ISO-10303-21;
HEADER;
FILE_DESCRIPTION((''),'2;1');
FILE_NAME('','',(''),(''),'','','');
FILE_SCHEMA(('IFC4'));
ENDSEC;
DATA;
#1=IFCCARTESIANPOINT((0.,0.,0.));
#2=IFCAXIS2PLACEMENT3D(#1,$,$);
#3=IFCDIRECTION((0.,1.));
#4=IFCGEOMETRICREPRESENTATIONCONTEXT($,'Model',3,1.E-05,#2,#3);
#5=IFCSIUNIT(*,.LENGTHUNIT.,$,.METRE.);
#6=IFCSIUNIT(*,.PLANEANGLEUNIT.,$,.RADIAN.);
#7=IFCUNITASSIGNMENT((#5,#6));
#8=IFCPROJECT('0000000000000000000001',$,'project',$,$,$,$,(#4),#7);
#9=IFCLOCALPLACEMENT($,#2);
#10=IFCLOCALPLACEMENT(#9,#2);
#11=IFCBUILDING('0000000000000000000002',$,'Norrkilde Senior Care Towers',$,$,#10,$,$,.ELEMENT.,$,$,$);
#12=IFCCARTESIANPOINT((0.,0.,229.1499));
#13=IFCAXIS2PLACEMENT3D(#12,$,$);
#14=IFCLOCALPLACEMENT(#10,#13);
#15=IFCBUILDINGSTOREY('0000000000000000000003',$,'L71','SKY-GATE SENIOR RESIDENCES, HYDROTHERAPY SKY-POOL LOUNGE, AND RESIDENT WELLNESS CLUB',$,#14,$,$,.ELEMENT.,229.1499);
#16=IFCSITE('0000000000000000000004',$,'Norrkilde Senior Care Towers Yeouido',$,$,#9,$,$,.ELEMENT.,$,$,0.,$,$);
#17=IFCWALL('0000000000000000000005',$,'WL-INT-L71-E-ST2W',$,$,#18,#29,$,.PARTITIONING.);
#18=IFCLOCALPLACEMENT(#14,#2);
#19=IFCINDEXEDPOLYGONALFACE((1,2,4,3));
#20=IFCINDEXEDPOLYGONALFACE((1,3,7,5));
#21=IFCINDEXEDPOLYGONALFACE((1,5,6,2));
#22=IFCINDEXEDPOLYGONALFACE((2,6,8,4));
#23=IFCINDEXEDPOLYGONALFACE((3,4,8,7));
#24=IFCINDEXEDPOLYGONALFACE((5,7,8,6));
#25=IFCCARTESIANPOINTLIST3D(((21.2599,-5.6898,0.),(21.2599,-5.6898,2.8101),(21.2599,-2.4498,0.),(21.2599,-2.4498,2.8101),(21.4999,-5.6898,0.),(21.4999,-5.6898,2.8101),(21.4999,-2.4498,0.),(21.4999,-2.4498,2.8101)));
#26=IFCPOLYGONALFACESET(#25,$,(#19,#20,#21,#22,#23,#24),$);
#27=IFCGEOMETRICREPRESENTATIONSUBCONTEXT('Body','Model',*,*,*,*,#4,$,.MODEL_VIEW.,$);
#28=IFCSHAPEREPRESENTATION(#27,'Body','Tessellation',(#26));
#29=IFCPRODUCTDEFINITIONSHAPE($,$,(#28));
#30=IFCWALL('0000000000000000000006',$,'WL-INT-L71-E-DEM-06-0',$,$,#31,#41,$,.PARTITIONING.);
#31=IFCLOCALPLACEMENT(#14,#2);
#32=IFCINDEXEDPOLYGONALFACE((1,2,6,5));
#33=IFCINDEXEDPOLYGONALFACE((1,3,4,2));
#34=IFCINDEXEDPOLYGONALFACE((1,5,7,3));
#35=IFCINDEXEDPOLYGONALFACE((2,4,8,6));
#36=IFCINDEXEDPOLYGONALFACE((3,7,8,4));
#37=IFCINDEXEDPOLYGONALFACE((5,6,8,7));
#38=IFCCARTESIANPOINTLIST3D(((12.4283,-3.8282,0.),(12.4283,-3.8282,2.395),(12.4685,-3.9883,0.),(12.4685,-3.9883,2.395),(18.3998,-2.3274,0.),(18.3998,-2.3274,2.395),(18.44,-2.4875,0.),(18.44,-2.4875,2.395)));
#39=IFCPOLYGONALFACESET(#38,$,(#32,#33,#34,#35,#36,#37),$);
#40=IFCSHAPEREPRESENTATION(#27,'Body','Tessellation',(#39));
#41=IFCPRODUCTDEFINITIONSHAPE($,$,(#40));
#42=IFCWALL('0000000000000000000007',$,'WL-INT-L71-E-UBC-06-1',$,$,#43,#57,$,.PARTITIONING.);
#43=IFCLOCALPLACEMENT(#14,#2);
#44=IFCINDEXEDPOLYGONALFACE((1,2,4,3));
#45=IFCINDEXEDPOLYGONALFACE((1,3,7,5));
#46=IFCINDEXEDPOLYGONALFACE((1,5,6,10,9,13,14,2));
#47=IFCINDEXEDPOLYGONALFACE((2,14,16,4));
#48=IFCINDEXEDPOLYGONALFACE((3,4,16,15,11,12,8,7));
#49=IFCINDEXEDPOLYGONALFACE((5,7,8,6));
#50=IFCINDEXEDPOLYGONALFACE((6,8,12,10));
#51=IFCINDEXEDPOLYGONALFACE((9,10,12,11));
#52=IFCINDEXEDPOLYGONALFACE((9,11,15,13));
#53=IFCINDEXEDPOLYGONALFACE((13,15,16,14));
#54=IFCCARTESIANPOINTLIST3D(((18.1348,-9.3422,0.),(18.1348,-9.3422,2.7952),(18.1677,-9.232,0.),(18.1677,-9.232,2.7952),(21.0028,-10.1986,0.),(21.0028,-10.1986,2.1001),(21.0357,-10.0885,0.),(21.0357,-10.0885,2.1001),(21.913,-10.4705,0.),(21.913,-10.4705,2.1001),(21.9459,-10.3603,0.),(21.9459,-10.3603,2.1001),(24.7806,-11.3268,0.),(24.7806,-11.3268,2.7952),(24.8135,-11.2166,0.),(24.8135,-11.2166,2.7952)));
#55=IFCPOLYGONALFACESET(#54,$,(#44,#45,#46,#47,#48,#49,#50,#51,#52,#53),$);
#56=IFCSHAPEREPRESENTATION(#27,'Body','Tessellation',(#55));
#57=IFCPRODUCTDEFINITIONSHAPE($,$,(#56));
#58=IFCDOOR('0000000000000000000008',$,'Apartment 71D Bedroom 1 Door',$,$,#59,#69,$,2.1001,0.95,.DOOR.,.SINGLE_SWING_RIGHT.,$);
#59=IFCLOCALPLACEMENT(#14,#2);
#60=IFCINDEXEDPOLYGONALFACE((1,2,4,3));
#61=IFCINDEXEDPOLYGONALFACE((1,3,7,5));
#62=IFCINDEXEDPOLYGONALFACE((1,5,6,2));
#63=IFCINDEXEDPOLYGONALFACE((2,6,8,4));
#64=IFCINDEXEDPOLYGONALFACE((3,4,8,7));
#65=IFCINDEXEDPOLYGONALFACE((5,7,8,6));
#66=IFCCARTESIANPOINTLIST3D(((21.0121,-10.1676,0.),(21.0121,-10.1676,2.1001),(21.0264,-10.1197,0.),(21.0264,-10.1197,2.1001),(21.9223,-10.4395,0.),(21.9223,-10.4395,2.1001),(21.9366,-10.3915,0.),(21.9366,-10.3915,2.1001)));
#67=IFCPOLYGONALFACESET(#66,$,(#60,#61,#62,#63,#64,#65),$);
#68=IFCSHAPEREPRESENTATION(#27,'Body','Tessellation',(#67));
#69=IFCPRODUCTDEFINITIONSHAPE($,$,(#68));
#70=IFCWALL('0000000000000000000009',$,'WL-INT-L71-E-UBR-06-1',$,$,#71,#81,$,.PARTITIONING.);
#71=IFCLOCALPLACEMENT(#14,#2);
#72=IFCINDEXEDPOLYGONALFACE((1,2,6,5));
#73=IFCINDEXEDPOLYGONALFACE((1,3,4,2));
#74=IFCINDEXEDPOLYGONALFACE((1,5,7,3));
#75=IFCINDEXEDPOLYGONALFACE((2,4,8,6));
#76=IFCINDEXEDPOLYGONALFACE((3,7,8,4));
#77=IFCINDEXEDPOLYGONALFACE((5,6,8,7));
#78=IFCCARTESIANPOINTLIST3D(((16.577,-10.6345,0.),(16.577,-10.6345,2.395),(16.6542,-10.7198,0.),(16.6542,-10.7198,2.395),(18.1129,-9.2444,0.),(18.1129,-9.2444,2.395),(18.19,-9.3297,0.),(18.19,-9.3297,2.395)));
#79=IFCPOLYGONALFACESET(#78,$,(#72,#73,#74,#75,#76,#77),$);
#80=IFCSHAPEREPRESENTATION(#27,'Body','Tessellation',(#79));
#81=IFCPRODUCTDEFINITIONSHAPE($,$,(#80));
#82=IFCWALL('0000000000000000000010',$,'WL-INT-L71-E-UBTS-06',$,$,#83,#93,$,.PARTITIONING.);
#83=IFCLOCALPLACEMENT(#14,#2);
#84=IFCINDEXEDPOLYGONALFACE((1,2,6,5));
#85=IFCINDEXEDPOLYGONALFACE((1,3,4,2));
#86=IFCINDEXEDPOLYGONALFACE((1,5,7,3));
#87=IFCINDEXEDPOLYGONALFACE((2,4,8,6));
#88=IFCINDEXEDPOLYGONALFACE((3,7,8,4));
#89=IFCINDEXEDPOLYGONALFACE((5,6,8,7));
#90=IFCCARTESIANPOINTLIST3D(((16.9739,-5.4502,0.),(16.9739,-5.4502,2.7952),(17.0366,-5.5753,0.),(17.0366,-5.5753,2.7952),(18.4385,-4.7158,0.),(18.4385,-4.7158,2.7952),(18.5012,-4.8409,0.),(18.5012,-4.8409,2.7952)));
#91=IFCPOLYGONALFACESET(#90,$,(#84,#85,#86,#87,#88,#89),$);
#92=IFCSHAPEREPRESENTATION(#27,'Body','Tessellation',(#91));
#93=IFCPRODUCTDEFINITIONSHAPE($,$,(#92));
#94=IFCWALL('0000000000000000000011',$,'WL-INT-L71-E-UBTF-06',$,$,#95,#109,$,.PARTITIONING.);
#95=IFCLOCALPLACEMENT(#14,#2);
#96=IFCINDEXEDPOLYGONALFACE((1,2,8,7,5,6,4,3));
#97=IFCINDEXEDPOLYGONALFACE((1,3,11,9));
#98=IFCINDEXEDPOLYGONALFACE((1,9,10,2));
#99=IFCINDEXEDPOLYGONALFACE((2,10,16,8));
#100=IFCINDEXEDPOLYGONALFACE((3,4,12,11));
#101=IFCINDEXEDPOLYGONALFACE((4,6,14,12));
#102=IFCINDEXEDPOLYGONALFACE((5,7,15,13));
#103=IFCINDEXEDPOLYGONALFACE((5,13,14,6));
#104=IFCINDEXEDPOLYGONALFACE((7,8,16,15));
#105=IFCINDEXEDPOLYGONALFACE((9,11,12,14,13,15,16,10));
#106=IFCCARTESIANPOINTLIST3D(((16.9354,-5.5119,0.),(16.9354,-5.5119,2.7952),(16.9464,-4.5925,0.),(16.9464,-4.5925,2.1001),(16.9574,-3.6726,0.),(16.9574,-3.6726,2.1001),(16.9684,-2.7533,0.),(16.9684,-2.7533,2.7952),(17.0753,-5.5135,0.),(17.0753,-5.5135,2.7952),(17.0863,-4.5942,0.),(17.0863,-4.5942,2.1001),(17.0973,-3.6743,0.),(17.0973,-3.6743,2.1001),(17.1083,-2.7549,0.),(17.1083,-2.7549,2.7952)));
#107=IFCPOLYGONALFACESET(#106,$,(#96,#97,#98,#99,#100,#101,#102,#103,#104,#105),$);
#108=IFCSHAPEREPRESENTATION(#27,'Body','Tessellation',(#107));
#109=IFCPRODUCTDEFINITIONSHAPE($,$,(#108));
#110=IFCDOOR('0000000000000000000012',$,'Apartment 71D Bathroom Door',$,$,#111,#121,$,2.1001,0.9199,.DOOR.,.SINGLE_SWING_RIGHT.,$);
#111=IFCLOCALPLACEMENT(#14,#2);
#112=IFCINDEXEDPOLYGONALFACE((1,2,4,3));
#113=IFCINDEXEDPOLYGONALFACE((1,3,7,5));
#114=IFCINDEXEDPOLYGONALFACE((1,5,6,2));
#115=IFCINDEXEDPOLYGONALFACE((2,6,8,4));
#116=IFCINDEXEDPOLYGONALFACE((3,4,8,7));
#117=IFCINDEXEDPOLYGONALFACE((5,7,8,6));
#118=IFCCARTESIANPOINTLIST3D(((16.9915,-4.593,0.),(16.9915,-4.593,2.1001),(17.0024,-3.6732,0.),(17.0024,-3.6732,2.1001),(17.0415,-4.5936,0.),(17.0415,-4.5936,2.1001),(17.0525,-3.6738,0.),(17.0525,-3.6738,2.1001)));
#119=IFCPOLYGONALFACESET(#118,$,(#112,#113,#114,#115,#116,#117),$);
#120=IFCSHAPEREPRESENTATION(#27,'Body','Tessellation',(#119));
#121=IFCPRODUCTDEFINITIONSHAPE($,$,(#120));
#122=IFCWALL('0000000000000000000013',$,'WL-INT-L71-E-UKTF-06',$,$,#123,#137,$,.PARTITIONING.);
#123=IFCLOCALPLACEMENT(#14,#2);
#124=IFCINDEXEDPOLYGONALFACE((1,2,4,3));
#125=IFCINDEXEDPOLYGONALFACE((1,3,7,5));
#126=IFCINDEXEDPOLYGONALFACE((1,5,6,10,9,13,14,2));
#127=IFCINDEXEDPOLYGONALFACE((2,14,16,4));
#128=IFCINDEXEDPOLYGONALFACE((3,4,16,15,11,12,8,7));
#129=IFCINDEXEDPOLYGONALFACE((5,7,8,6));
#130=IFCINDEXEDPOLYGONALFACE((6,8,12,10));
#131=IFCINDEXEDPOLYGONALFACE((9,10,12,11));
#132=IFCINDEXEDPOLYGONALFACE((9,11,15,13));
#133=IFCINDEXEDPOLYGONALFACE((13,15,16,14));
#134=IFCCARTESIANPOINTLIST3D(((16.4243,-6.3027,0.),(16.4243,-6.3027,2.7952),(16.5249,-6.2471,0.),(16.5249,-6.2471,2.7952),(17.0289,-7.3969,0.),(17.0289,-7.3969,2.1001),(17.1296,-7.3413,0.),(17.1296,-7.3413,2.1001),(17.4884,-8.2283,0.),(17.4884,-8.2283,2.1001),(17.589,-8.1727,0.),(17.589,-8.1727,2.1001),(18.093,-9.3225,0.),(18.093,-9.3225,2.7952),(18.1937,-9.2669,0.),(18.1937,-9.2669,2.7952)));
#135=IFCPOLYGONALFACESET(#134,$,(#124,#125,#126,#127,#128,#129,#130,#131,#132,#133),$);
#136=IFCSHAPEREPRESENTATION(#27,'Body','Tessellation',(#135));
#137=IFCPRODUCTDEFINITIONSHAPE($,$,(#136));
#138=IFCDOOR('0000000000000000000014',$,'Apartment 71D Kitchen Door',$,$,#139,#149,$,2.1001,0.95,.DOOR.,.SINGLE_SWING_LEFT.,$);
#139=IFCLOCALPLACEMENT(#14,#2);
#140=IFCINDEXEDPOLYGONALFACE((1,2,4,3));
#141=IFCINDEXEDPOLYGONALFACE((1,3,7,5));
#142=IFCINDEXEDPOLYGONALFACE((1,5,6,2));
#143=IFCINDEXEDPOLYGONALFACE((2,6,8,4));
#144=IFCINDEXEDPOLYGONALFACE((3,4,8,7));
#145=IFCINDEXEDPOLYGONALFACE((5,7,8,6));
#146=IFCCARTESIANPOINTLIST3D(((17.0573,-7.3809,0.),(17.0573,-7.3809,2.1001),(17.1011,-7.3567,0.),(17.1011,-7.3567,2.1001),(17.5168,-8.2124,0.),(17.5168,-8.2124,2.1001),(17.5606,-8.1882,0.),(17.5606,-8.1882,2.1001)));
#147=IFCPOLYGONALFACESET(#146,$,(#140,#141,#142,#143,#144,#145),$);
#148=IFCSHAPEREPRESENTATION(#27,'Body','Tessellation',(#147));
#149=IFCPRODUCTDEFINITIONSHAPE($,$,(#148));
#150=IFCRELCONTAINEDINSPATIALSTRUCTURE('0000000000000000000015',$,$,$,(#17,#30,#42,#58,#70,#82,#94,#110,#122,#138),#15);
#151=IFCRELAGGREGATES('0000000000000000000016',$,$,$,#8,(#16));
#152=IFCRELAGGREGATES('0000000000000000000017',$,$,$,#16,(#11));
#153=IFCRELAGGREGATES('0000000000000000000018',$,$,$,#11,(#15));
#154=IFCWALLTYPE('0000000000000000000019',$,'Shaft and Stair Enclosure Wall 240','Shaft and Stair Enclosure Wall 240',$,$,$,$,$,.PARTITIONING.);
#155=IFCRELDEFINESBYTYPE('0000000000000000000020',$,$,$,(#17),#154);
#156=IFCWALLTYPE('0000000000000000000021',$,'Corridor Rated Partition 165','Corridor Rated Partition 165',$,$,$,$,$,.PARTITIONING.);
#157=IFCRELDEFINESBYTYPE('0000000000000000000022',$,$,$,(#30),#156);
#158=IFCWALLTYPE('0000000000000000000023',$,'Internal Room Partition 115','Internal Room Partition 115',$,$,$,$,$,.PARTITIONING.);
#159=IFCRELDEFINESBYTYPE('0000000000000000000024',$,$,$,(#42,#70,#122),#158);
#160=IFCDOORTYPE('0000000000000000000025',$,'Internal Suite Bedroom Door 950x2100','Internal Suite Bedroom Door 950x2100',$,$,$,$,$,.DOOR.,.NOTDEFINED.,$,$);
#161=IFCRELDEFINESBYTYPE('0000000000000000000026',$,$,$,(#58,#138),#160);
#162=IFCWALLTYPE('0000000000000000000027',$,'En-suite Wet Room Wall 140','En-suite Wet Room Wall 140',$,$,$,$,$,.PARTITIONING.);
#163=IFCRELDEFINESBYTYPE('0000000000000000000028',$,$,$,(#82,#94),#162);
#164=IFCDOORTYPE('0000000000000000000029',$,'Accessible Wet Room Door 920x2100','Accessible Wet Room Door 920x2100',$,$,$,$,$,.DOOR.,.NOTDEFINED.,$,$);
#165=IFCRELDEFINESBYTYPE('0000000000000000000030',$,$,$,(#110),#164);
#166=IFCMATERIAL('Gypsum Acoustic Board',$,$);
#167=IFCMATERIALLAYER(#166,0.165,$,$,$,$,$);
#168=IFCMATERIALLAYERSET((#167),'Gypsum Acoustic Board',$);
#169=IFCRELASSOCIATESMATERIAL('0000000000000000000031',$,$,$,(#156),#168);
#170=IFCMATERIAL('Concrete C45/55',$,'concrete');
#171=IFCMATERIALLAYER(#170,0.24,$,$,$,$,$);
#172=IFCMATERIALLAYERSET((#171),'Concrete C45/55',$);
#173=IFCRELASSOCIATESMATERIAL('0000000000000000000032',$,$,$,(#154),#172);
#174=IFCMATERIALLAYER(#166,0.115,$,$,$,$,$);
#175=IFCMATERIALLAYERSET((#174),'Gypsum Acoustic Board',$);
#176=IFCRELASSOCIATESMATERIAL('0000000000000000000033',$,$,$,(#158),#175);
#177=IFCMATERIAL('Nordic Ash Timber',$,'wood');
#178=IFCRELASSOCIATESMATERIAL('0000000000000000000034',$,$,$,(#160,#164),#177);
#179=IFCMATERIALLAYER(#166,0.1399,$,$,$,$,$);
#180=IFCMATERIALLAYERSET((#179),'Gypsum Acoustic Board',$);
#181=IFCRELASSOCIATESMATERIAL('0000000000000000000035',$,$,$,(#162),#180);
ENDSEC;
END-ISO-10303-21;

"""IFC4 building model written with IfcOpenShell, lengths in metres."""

from ifc_helpers import new_model, si_unit, direction, frame, frame_2d, origin, place, context, subcontext, project, spatial, rectangle, extrude, source, transform, mapped, material, layer, layer_set, type_object, type_shapes, element, fill, save


model = new_model("IFC4")

# Units and contexts
model_context = context("Model", 3, precision=1e-05, world=origin(), true_north=direction((0.0, 1.0)))
body_context = subcontext(model_context, "Body", "Model", "MODEL_VIEW")
ifc_project = project(units=[si_unit("LENGTHUNIT", "METRE"), si_unit("PLANEANGLEUNIT", "RADIAN")], contexts=[model_context])

# Site, building, storey
site_placement = place(None, origin())
site = spatial("IfcSite", under=ifc_project, at=site_placement, Name="Norrkilde Senior Care Towers Yeouido", CompositionType="ELEMENT", RefElevation=0.0)
building_placement = place(site_placement, origin())
building = spatial("IfcBuilding", under=site, at=building_placement, Name="Norrkilde Senior Care Towers", CompositionType="ELEMENT")
storey_placement = place(building_placement, frame((0.0, 0.0, 229.1499)))
storey = spatial("IfcBuildingStorey", under=building, at=storey_placement, Name="L71", Description="SKY-GATE SENIOR RESIDENCES, HYDROTHERAPY SKY-POOL LOUNGE, AND RESIDENT WELLNESS CLUB", CompositionType="ELEMENT", Elevation=229.1499)

# Shared definitions
ifc_material_1 = material(Name="Gypsum Acoustic Board")
ifc_layer_1 = layer(ifc_material_1, 0.165)
ifc_layer_set_1 = layer_set([ifc_layer_1], Name="Gypsum Acoustic Board")
wall_type_1 = type_object("IfcWallType", Name="Corridor Rated Partition 165", Description="Corridor Rated Partition 165", PredefinedType="PARTITIONING", material=ifc_layer_set_1)

# Shared definitions
ifc_material_2 = material(Name="Concrete C45/55", Category="concrete")
ifc_layer_2 = layer(ifc_material_2, 0.24)
ifc_layer_set_2 = layer_set([ifc_layer_2], Name="Concrete C45/55")
wall_type_2 = type_object("IfcWallType", Name="Shaft and Stair Enclosure Wall 240", Description="Shaft and Stair Enclosure Wall 240", PredefinedType="PARTITIONING", material=ifc_layer_set_2)

# Walls
shared_shape_1 = source(origin(), body_context, "Body", "SweptSolid", [
    extrude(rectangle(XDim=3.24, YDim=0.24, at=frame_2d((1.6201, 0.0))), origin(), (0.0, 0.0, 1.0), 2.8101),
])
wall_1_placement = place(storey_placement, frame((21.3799, -5.6899, 0.0), z_axis=(0.0, 0.0, 1.0), x_axis=(0.0, 1.0, 0.0)))
element("IfcWall", 1, at=wall_1_placement, inside=storey, type_object=wall_type_2, Name="WL-INT-L71-E-ST2W", PredefinedType="PARTITIONING", context=body_context, shape_type="MappedRepresentation", body=[
    mapped(shared_shape_1, transform((0.0, 0.0, 0.0), x_axis=(1.0, 0.0, 0.0), y_axis=(0.0, 1.0, 0.0), z_axis=(0.0, 0.0, 1.0), scale=1.0)),
])
shared_shape_2 = source(origin(), body_context, "Body", "SweptSolid", [
    extrude(rectangle(XDim=6.1572, YDim=0.165, at=frame_2d((3.0786, 0.0))), origin(), (0.0, 0.0, 1.0), 2.395),
])
wall_2_placement = place(storey_placement, frame((18.4199, -2.4075, 0.0), z_axis=(0.0, 0.0, 1.0), x_axis=(-0.969841, -0.243739, 0.0)))
element("IfcWall", 2, at=wall_2_placement, inside=storey, type_object=wall_type_1, Name="WL-INT-L71-E-DEM-06-0", PredefinedType="PARTITIONING", context=body_context, shape_type="MappedRepresentation", body=[
    mapped(shared_shape_2, transform((0.0, 0.0, 0.0), x_axis=(1.0, 0.0, 0.0), y_axis=(0.0, 1.0, 0.0), z_axis=(0.0, 0.0, 1.0), scale=1.0)),
])

# Wall, opening, door
ifc_layer_3 = layer(ifc_material_1, 0.115)
ifc_layer_set_3 = layer_set([ifc_layer_3], Name="Gypsum Acoustic Board")
wall_type_3 = type_object("IfcWallType", Name="Internal Room Partition 115", Description="Internal Room Partition 115", PredefinedType="PARTITIONING", material=ifc_layer_set_3)
shared_shape_3 = source(origin(), body_context, "Body", "SweptSolid", [
    extrude(rectangle(XDim=6.9358, YDim=0.115, at=frame_2d((3.4678, 0.0))), origin(), (0.0, 0.0, 1.0), 2.7952),
])
wall_3_placement = place(storey_placement, frame((18.1514, -9.2871, 0.0), z_axis=(0.0, 0.0, 1.0), x_axis=(0.958187, -0.286143, 0.0)))
wall_3 = element("IfcWall", 3, at=wall_3_placement, inside=storey, type_object=wall_type_3, Name="WL-INT-L71-E-UBC-06-1", PredefinedType="PARTITIONING", context=body_context, shape_type="MappedRepresentation", body=[
    mapped(shared_shape_3, transform((0.0, 0.0, 0.0), x_axis=(1.0, 0.0, 0.0), y_axis=(0.0, 1.0, 0.0), z_axis=(0.0, 0.0, 1.0), scale=1.0)),
])
opening_1_placement = place(wall_3_placement, frame((2.9929, 0.0, 0.0)))
opening_1 = element("IfcOpeningElement", 4, at=opening_1_placement, cuts=wall_3, PredefinedType="OPENING", context=body_context, shape_type="SweptSolid", body=[
    extrude(rectangle(XDim=0.95, YDim=2.1001, at=frame_2d((0.4751, 1.05))), frame((0.0, 0.0674, 0.0), z_axis=(0.0, -1.0, 0.0), x_axis=(1.0, 0.0, 0.0)), (0.0, 0.0, 1.0), 0.135),
])
ifc_material_3 = material(Name="Nordic Ash Timber", Category="wood")
door_type_1 = type_object("IfcDoorType", Name="Internal Suite Bedroom Door 950x2100", Description="Internal Suite Bedroom Door 950x2100", OperationType="NOTDEFINED", PredefinedType="DOOR", material=ifc_material_3)
shared_shape_4 = source(origin(), body_context, "Body", "SweptSolid", [
    extrude(rectangle(XDim=0.95, YDim=2.1001, at=frame_2d((0.4751, 1.05))), frame((0.0, 0.0249, 0.0), z_axis=(0.0, -1.0, 0.0), x_axis=(1.0, 0.0, 0.0)), (0.0, 0.0, 1.0), 0.05),
])
type_shapes(door_type_1, [shared_shape_4])
door_1_placement = place(opening_1_placement, origin())
door_1 = element("IfcDoor", 5, at=door_1_placement, inside=storey, type_object=door_type_1, Name="Apartment 71D Bedroom 1 Door", OperationType="SINGLE_SWING_RIGHT", OverallHeight=2.1001, OverallWidth=0.95, PredefinedType="DOOR", context=body_context, shape_type="MappedRepresentation", body=[
    mapped(shared_shape_4, transform((0.0, 0.0, 0.0), x_axis=(1.0, 0.0, 0.0), y_axis=(0.0, 1.0, 0.0), z_axis=(0.0, 0.0, 1.0), scale=1.0)),
])
fill(opening_1, door_1)

# Walls
shared_shape_5 = source(origin(), body_context, "Body", "SweptSolid", [
    extrude(rectangle(XDim=2.0715, YDim=0.115, at=frame_2d((1.0356, 0.0))), origin(), (0.0, 0.0, 1.0), 2.395),
])
wall_4_placement = place(storey_placement, frame((18.1514, -9.2871, 0.0), z_axis=(0.0, 0.0, 1.0), x_axis=(-0.74141, -0.671052, 0.0)))
element("IfcWall", 6, at=wall_4_placement, inside=storey, type_object=wall_type_3, Name="WL-INT-L71-E-UBR-06-1", PredefinedType="PARTITIONING", context=body_context, shape_type="MappedRepresentation", body=[
    mapped(shared_shape_5, transform((0.0, 0.0, 0.0), x_axis=(1.0, 0.0, 0.0), y_axis=(0.0, 1.0, 0.0), z_axis=(0.0, 0.0, 1.0), scale=1.0)),
])
ifc_layer_4 = layer(ifc_material_1, 0.1399)
ifc_layer_set_4 = layer_set([ifc_layer_4], Name="Gypsum Acoustic Board")
wall_type_4 = type_object("IfcWallType", Name="En-suite Wet Room Wall 140", Description="En-suite Wet Room Wall 140", PredefinedType="PARTITIONING", material=ifc_layer_set_4)
shared_shape_6 = source(origin(), body_context, "Body", "SweptSolid", [
    extrude(rectangle(XDim=1.6384, YDim=0.1399, at=frame_2d((0.8193, 0.0))), origin(), (0.0, 0.0, 1.0), 2.7952),
])
wall_5_placement = place(storey_placement, frame((18.47, -4.7783, 0.0), z_axis=(0.0, 0.0, 1.0), x_axis=(-0.89392, -0.448227, 0.0)))
element("IfcWall", 7, at=wall_5_placement, inside=storey, type_object=wall_type_4, Name="WL-INT-L71-E-UBTS-06", PredefinedType="PARTITIONING", context=body_context, shape_type="MappedRepresentation", body=[
    mapped(shared_shape_6, transform((0.0, 0.0, 0.0), x_axis=(1.0, 0.0, 0.0), y_axis=(0.0, 1.0, 0.0), z_axis=(0.0, 0.0, 1.0), scale=1.0)),
])

# Walls, openings, doors
shared_shape_7 = source(origin(), body_context, "Body", "SweptSolid", [
    extrude(rectangle(XDim=2.7588, YDim=0.1399, at=frame_2d((1.3794, 0.0))), origin(), (0.0, 0.0, 1.0), 2.7952),
])
type_shapes(wall_type_4, [shared_shape_6, shared_shape_7])
wall_6_placement = place(storey_placement, frame((17.0054, -5.5127, 0.0), z_axis=(0.0, 0.0, 1.0), x_axis=(0.011947, 0.999929, 0.0)))
wall_6 = element("IfcWall", 8, at=wall_6_placement, inside=storey, type_object=wall_type_4, Name="WL-INT-L71-E-UBTF-06", PredefinedType="PARTITIONING", context=body_context, shape_type="MappedRepresentation", body=[
    mapped(shared_shape_7, transform((0.0, 0.0, 0.0), x_axis=(1.0, 0.0, 0.0), y_axis=(0.0, 1.0, 0.0), z_axis=(0.0, 0.0, 1.0), scale=1.0)),
])
opening_2_placement = place(wall_6_placement, frame((0.9194, 0.0, 0.0)))
opening_2 = element("IfcOpeningElement", 9, at=opening_2_placement, cuts=wall_6, PredefinedType="OPENING", context=body_context, shape_type="SweptSolid", body=[
    extrude(rectangle(XDim=0.9199, YDim=2.1001, at=frame_2d((0.46, 1.05))), frame((0.0, 0.0798, 0.0), z_axis=(0.0, -1.0, 0.0), x_axis=(1.0, 0.0, 0.0)), (0.0, 0.0, 1.0), 0.1599),
])
door_type_2 = type_object("IfcDoorType", Name="Accessible Wet Room Door 920x2100", Description="Accessible Wet Room Door 920x2100", OperationType="NOTDEFINED", PredefinedType="DOOR", material=ifc_material_3)
shared_shape_8 = source(origin(), body_context, "Body", "SweptSolid", [
    extrude(rectangle(XDim=0.9199, YDim=2.1001, at=frame_2d((0.46, 1.05))), frame((0.0, 0.0249, 0.0), z_axis=(0.0, -1.0, 0.0), x_axis=(1.0, 0.0, 0.0)), (0.0, 0.0, 1.0), 0.05),
])
type_shapes(door_type_2, [shared_shape_8])
door_2_placement = place(opening_2_placement, origin())
door_2 = element("IfcDoor", 10, at=door_2_placement, inside=storey, type_object=door_type_2, Name="Apartment 71D Bathroom Door", OperationType="SINGLE_SWING_RIGHT", OverallHeight=2.1001, OverallWidth=0.9199, PredefinedType="DOOR", context=body_context, shape_type="MappedRepresentation", body=[
    mapped(shared_shape_8, transform((0.0, 0.0, 0.0), x_axis=(1.0, 0.0, 0.0), y_axis=(0.0, 1.0, 0.0), z_axis=(0.0, 0.0, 1.0), scale=1.0)),
])
fill(opening_2, door_2)
shared_shape_9 = source(origin(), body_context, "Body", "SweptSolid", [
    extrude(rectangle(XDim=3.4502, YDim=0.115, at=frame_2d((1.7251, 0.0))), origin(), (0.0, 0.0, 1.0), 2.7952),
])
type_shapes(wall_type_3, [shared_shape_3, shared_shape_5, shared_shape_9])
wall_7_placement = place(storey_placement, frame((16.4746, -6.2749, 0.0), z_axis=(0.0, 0.0, 1.0), x_axis=(0.483659, -0.875257, 0.0)))
wall_7 = element("IfcWall", 11, at=wall_7_placement, inside=storey, type_object=wall_type_3, Name="WL-INT-L71-E-UKTF-06", PredefinedType="PARTITIONING", context=body_context, shape_type="MappedRepresentation", body=[
    mapped(shared_shape_9, transform((0.0, 0.0, 0.0), x_axis=(1.0, 0.0, 0.0), y_axis=(0.0, 1.0, 0.0), z_axis=(0.0, 0.0, 1.0), scale=1.0)),
])
opening_3_placement = place(wall_7_placement, frame((1.25, 0.0, 0.0)))
opening_3 = element("IfcOpeningElement", 12, at=opening_3_placement, cuts=wall_7, PredefinedType="OPENING", context=body_context, shape_type="SweptSolid", body=[
    extrude(rectangle(XDim=0.95, YDim=2.1001, at=frame_2d((0.4751, 1.05))), frame((0.0, 0.0674, 0.0), z_axis=(0.0, -1.0, 0.0), x_axis=(1.0, 0.0, 0.0)), (0.0, 0.0, 1.0), 0.135),
])
door_3_placement = place(opening_3_placement, frame((0.95, 0.0, 0.0), z_axis=(0.0, 0.0, 1.0), x_axis=(-1.0, 0.0, 0.0)))
door_3 = element("IfcDoor", 13, at=door_3_placement, inside=storey, type_object=door_type_1, Name="Apartment 71D Kitchen Door", OperationType="SINGLE_SWING_LEFT", OverallHeight=2.1001, OverallWidth=0.95, PredefinedType="DOOR", context=body_context, shape_type="MappedRepresentation", body=[
    mapped(shared_shape_4, transform((0.0, 0.0, 0.0), x_axis=(1.0, 0.0, 0.0), y_axis=(0.0, 1.0, 0.0), z_axis=(0.0, 0.0, 1.0), scale=1.0)),
])
fill(opening_3, door_3)

save(model, "model.ifc")
